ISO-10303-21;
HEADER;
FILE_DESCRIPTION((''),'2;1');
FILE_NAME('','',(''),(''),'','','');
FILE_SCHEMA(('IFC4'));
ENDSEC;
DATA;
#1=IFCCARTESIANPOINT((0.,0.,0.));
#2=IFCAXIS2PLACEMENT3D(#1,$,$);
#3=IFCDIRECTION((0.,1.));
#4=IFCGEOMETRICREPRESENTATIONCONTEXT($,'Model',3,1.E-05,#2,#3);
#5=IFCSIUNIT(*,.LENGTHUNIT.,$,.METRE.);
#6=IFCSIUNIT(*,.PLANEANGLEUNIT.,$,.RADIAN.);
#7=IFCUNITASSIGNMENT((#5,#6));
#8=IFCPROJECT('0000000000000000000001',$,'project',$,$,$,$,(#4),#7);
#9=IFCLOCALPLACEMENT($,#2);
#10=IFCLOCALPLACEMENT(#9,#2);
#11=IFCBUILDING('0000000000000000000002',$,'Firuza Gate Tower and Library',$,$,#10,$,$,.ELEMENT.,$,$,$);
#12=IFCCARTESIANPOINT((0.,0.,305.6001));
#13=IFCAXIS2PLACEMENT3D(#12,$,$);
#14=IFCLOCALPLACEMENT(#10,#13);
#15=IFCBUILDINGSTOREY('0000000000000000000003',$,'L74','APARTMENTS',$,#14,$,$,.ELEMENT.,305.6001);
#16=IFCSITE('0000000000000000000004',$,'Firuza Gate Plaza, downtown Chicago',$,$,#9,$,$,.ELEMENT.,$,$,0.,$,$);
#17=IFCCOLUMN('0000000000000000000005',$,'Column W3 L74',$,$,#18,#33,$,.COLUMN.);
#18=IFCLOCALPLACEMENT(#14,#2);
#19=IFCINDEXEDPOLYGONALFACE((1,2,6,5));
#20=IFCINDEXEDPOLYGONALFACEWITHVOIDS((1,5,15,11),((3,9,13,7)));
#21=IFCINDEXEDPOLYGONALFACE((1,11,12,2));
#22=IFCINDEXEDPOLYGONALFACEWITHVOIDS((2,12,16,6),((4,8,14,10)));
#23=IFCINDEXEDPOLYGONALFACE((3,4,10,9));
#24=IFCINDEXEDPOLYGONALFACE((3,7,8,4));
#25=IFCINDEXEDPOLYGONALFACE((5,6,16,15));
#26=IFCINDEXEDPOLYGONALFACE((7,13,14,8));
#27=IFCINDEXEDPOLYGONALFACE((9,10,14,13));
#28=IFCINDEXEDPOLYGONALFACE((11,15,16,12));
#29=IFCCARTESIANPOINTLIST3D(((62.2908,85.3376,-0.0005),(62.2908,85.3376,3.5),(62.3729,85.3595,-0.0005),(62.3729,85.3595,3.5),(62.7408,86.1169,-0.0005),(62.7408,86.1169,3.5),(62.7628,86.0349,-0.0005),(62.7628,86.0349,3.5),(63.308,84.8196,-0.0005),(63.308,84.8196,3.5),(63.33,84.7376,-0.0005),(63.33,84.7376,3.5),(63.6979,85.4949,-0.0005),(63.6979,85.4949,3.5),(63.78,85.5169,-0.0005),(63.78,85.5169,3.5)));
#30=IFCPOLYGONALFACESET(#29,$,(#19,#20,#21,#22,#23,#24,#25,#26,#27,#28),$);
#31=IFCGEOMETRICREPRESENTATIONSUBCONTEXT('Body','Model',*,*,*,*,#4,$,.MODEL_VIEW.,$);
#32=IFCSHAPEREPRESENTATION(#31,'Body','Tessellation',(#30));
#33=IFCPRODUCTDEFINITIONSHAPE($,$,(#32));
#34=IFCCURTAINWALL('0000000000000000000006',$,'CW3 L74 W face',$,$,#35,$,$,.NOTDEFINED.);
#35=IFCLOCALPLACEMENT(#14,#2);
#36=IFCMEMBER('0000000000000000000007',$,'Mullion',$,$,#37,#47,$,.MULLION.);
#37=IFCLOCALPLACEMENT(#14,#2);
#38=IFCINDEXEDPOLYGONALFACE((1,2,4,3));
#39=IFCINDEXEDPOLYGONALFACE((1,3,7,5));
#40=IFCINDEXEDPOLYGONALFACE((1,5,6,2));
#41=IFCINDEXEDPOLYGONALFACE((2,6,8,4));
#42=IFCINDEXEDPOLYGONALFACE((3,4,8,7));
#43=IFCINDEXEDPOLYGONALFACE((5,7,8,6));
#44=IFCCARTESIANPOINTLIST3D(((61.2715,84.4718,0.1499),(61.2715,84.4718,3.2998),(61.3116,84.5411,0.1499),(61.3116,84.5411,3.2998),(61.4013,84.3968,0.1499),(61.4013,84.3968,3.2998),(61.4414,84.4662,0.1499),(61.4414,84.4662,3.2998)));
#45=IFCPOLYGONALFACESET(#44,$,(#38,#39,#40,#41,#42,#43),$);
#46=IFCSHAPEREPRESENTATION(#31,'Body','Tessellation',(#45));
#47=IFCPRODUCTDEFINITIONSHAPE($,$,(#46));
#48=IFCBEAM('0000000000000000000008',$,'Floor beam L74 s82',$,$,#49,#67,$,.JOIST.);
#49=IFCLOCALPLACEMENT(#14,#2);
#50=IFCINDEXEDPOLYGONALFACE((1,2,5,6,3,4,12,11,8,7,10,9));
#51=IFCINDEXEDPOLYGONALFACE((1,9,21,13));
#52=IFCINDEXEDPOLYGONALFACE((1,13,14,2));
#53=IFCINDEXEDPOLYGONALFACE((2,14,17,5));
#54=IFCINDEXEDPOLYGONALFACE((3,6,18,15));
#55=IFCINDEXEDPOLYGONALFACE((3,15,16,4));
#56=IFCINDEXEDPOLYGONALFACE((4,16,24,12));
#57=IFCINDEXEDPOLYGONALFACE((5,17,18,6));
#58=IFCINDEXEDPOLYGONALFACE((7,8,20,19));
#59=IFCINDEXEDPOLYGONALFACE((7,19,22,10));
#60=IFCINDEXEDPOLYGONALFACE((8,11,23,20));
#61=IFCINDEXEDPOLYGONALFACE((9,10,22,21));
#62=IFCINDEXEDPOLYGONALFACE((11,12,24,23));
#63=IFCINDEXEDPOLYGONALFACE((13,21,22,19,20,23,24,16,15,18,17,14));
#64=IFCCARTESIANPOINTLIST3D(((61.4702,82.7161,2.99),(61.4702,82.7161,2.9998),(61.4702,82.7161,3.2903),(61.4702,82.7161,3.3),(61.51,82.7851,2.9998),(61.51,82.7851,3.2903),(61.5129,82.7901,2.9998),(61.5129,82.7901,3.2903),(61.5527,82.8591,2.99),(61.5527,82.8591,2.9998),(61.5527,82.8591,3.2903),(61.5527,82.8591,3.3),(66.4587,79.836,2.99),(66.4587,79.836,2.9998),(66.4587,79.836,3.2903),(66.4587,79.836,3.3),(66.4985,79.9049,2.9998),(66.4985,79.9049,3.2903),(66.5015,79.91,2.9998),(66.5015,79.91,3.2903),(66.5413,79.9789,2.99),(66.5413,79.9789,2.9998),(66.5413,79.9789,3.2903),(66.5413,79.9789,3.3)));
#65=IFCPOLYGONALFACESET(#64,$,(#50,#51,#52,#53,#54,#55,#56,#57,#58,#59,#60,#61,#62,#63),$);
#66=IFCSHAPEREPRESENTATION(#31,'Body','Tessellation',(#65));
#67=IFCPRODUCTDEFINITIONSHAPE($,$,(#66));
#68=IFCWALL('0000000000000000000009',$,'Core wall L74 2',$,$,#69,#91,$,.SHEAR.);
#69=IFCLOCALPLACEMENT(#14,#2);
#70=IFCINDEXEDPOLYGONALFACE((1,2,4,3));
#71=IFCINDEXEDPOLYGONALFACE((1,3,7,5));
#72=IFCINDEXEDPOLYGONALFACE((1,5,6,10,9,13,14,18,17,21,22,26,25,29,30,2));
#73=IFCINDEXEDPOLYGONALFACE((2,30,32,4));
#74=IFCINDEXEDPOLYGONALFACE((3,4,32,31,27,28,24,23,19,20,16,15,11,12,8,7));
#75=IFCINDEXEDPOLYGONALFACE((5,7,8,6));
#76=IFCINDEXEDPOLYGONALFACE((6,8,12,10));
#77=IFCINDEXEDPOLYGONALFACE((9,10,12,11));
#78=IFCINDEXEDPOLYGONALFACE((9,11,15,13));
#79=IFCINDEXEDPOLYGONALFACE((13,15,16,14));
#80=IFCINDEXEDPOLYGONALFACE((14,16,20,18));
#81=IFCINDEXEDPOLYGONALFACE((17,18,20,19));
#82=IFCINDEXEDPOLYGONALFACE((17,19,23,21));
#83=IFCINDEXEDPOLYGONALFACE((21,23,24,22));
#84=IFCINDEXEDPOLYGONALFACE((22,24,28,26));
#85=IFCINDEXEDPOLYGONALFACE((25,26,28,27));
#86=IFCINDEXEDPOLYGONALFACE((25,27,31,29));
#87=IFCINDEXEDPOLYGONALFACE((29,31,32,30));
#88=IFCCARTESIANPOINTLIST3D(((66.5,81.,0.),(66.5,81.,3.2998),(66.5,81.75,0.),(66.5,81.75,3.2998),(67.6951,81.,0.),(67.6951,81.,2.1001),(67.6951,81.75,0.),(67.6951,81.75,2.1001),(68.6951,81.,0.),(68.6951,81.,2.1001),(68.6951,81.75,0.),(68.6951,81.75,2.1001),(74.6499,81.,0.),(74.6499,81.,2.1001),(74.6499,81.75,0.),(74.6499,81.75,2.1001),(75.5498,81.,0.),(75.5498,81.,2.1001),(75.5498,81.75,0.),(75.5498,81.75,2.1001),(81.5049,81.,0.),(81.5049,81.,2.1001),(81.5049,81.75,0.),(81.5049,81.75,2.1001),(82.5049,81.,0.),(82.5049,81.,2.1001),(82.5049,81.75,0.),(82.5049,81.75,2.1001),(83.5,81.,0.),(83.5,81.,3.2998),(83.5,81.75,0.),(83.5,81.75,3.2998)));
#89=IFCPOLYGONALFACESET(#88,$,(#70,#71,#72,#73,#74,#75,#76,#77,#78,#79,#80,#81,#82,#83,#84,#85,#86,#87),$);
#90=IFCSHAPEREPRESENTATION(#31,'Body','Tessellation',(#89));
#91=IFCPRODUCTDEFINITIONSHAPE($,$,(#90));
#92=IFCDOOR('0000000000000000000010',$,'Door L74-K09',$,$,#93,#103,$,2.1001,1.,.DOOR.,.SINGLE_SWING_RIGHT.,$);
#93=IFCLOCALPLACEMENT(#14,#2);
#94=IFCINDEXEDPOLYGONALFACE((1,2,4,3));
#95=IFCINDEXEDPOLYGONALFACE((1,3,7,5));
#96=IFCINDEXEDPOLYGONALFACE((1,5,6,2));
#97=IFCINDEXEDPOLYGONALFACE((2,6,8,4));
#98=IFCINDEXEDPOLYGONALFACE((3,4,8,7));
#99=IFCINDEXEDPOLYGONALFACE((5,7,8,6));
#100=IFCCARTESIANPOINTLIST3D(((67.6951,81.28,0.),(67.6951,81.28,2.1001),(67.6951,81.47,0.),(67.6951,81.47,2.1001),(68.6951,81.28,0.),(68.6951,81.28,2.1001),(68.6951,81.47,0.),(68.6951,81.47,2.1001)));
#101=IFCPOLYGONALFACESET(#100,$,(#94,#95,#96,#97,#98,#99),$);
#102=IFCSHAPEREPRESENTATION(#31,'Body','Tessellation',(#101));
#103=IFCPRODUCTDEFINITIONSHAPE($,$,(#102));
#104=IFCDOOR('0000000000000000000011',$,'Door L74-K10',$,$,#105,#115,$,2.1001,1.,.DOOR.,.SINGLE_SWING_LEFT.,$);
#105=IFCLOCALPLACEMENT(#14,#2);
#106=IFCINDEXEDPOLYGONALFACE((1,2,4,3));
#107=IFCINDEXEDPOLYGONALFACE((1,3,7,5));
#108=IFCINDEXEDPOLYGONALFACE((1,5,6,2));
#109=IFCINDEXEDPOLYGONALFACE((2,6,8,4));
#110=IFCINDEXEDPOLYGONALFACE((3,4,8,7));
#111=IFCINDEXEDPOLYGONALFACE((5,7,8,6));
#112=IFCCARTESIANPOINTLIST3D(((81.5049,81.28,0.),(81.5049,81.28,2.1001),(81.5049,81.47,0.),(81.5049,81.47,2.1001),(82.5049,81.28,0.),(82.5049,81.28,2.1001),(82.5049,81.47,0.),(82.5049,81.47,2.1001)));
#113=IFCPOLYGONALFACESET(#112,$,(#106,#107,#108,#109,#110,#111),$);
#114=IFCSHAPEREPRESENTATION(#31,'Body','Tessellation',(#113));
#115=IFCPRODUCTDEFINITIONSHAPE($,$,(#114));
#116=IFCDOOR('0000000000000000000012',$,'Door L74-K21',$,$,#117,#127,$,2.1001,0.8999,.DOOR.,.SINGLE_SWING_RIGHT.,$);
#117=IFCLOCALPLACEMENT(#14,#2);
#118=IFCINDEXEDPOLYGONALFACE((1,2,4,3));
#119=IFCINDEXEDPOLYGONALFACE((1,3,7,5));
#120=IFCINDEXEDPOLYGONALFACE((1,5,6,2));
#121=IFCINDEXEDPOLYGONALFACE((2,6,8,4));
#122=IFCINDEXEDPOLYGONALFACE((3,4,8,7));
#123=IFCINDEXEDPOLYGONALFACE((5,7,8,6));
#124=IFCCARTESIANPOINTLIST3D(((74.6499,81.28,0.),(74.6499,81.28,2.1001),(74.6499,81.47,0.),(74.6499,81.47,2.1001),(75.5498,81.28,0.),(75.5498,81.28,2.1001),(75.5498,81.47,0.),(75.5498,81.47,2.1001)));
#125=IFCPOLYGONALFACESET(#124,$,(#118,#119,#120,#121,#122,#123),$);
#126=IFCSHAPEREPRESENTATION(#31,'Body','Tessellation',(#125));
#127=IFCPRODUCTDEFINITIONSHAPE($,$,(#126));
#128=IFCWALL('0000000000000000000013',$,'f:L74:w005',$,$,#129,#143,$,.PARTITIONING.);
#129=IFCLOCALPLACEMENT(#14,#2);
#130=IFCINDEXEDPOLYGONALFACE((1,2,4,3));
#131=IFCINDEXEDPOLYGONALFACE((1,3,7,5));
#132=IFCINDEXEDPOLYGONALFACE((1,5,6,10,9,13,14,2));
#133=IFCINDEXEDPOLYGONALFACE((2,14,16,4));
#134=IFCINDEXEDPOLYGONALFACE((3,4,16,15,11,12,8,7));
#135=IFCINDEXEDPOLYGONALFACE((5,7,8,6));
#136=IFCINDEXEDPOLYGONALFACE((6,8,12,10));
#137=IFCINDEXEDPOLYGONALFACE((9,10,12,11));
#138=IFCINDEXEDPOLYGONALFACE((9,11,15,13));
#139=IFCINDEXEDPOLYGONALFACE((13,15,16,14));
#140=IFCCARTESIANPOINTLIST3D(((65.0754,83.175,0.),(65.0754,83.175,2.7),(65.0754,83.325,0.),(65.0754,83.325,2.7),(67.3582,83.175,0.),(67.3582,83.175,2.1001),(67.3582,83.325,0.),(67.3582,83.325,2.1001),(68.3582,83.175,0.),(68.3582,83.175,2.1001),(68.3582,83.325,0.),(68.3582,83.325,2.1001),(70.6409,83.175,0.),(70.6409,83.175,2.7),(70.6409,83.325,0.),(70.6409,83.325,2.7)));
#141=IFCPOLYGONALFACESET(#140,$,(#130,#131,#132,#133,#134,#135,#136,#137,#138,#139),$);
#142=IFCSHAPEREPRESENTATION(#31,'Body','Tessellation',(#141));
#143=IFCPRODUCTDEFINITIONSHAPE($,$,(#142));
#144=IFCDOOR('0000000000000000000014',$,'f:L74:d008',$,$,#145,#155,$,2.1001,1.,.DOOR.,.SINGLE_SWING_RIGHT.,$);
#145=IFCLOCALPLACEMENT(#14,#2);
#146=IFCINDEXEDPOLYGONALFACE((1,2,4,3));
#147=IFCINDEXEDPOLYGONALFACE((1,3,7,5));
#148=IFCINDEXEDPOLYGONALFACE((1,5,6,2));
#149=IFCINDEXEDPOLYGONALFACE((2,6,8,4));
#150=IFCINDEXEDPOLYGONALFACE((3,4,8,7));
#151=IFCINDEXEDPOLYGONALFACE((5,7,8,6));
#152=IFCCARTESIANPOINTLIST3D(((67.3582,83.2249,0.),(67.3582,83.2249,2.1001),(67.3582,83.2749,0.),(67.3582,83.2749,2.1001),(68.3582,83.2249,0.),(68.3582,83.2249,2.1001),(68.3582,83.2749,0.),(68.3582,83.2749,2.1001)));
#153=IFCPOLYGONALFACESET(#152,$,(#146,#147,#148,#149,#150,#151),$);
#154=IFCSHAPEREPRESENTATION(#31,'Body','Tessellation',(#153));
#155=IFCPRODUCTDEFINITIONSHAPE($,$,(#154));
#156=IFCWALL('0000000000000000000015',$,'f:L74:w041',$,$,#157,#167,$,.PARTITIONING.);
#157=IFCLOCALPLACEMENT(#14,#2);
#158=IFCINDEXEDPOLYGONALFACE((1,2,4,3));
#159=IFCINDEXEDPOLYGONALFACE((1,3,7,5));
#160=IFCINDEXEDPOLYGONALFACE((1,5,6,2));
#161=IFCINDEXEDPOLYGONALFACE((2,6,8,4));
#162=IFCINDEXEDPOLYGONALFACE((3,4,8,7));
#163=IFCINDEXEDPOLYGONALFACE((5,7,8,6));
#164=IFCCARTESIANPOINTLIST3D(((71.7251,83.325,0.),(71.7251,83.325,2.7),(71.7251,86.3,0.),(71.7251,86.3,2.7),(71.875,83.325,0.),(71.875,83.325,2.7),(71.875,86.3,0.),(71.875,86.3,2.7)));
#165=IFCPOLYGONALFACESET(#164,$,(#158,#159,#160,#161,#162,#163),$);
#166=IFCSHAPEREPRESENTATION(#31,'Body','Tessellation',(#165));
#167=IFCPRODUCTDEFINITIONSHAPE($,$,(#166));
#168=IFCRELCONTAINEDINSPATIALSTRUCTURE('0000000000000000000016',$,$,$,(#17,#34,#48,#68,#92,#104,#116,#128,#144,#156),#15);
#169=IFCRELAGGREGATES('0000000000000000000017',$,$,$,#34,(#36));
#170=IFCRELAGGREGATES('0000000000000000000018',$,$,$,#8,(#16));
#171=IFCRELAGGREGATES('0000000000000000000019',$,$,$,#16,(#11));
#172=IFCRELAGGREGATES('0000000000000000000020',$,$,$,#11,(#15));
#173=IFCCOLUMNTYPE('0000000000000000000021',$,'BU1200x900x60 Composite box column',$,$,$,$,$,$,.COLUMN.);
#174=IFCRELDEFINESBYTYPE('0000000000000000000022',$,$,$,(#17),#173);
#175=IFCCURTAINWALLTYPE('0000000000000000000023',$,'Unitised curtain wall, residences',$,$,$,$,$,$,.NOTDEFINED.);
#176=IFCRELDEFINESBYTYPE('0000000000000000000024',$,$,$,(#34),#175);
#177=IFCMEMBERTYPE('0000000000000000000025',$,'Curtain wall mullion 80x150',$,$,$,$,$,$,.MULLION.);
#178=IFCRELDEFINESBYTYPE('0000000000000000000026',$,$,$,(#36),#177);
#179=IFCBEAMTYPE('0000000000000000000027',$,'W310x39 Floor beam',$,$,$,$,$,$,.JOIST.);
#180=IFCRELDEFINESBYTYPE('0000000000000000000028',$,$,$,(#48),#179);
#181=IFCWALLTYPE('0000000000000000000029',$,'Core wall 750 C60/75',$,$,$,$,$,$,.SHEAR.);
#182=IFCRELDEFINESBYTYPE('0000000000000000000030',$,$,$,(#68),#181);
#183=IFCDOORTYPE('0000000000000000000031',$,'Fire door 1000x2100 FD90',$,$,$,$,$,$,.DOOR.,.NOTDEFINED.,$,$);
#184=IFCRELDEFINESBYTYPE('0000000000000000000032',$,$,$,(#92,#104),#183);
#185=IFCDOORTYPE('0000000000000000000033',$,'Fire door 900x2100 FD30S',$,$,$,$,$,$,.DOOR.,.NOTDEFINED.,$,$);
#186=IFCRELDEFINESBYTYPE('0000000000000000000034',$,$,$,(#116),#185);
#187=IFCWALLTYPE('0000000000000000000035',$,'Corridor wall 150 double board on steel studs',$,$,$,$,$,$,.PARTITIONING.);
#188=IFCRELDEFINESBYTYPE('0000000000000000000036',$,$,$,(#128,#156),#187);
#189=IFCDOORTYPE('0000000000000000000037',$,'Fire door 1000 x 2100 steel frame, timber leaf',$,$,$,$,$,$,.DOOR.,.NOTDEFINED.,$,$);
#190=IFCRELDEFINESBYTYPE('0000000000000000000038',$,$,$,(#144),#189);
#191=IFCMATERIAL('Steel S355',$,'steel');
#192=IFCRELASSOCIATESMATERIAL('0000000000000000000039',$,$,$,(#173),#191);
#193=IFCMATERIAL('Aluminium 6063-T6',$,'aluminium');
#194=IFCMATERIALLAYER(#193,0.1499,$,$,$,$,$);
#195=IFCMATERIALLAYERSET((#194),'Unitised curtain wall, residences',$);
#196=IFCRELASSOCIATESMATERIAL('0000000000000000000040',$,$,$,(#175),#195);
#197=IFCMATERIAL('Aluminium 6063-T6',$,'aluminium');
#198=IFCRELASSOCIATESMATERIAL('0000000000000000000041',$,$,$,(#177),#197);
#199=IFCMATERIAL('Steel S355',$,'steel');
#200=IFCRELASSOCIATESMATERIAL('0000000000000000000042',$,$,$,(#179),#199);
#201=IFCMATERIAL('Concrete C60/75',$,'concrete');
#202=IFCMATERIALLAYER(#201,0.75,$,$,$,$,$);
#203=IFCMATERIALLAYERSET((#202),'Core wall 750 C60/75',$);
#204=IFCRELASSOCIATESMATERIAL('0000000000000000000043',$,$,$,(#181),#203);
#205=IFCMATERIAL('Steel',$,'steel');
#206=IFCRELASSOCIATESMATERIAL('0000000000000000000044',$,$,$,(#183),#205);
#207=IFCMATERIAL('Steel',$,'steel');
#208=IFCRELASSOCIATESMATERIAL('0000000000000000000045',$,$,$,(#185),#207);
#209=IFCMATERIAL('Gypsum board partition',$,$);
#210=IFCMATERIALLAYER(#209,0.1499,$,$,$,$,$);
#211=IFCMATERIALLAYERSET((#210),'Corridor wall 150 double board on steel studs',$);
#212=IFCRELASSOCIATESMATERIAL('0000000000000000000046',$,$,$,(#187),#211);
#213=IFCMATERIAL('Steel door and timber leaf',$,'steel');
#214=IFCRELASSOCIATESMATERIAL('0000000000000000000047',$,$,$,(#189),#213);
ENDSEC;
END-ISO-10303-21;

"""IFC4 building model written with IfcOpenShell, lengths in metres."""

from ifc_helpers import new_model, si_unit, direction, frame, frame_2d, origin, origin_2d, place, context, subcontext, project, spatial, rectangle, hollow_rectangle, i_section, extrude, material, layer, layer_set, material_profile, profile_set, type_object, element, fill, aggregate, save


model = new_model("IFC4")

# Units and contexts
model_context = context("Model", 3, precision=1e-05, world=origin(), true_north=direction((0.0, 1.0)))
body_context = subcontext(model_context, "Body", "Model", "MODEL_VIEW")
ifc_project = project(units=[si_unit("LENGTHUNIT", "METRE"), si_unit("PLANEANGLEUNIT", "RADIAN")], contexts=[model_context])

# Site, building, storey
site_placement = place(None, origin())
site = spatial("IfcSite", under=ifc_project, at=site_placement, Name="Firuza Gate Plaza, downtown Chicago", CompositionType="ELEMENT", RefElevation=0.0)
building_placement = place(site_placement, origin())
building = spatial("IfcBuilding", under=site, at=building_placement, Name="Firuza Gate Tower and Library", CompositionType="ELEMENT")
storey_placement = place(building_placement, frame((0.0, 0.0, 305.6001)))
storey = spatial("IfcBuildingStorey", under=building, at=storey_placement, Name="L74", Description="APARTMENTS", CompositionType="ELEMENT", Elevation=305.6001)

# Column
ifc_material_1 = material(Name="Steel S355", Category="steel")
ifc_material_profile_1 = material_profile(ifc_material_1, hollow_rectangle(XDim=0.8999, YDim=1.2, WallThickness=0.0601, at=origin_2d()))
ifc_profile_set_1 = profile_set([ifc_material_profile_1], Name="Steel S355")
column_type = type_object("IfcColumnType", Name="BU1200x900x60 Composite box column", PredefinedType="COLUMN", material=ifc_profile_set_1)
column_placement = place(storey_placement, frame((63.0354, 85.4272, -0.0005), z_axis=(0.0, 0.0, 1.0), x_axis=(-0.5, -0.866025, 0.0)))
element("IfcColumn", 1, at=column_placement, inside=storey, type_object=column_type, Name="Column W3 L74", PredefinedType="COLUMN", context=body_context, shape_type="SweptSolid", body=[
    extrude(hollow_rectangle(XDim=0.8999, YDim=1.2, WallThickness=0.0601, at=origin_2d()), origin(), (0.0, 0.0, 1.0), 3.5005),
])

# Curtain wall, member
ifc_material_2 = material(Name="Aluminium 6063-T6", Category="aluminium")
ifc_layer_1 = layer(ifc_material_2, 0.1499)
ifc_layer_set_1 = layer_set([ifc_layer_1], Name="Unitised curtain wall, residences")
curtain_wall_type = type_object("IfcCurtainWallType", Name="Unitised curtain wall, residences", PredefinedType="NOTDEFINED", material=ifc_layer_set_1)
placement = place(storey_placement, origin())
curtain_wall = element("IfcCurtainWall", 2, at=placement, inside=storey, type_object=curtain_wall_type, Name="CW3 L74 W face", PredefinedType="NOTDEFINED")
ifc_material_3 = material(Name="Aluminium 6063-T6", Category="aluminium")
ifc_material_profile_2 = material_profile(ifc_material_3, rectangle(XDim=0.1499, YDim=0.0801, at=origin_2d()))
ifc_profile_set_2 = profile_set([ifc_material_profile_2], Name="Aluminium 6063-T6")
member_type = type_object("IfcMemberType", Name="Curtain wall mullion 80x150", PredefinedType="MULLION", material=ifc_profile_set_2)
member_placement = place(storey_placement, frame((61.3564, 84.469, 0.1499), z_axis=(0.0, 0.0, 1.0), x_axis=(0.866025, -0.5, 0.0)))
member = element("IfcMember", 3, at=member_placement, type_object=member_type, Name="Mullion", PredefinedType="MULLION", context=body_context, shape_type="SweptSolid", body=[
    extrude(rectangle(XDim=0.1499, YDim=0.0801, at=origin_2d()), origin(), (0.0, 0.0, 1.0), 3.1499),
])
aggregate(curtain_wall, [member])

# Beam
ifc_material_4 = material(Name="Steel S355", Category="steel")
ifc_material_profile_3 = material_profile(ifc_material_4, i_section(OverallWidth=0.165, OverallDepth=0.3101, WebThickness=0.0059, FlangeThickness=0.0098, at=origin_2d()))
ifc_profile_set_3 = profile_set([ifc_material_profile_3], Name="Steel S355")
beam_type = type_object("IfcBeamType", Name="W310x39 Floor beam", PredefinedType="JOIST", material=ifc_profile_set_3)
beam_placement = place(storey_placement, frame((61.5115, 82.7876, 3.145), z_axis=(0.866025, -0.5, 0.0), x_axis=(0.5, 0.866025, 0.0)))
element("IfcBeam", 4, at=beam_placement, inside=storey, type_object=beam_type, Name="Floor beam L74 s82", PredefinedType="JOIST", context=body_context, shape_type="SweptSolid", body=[
    extrude(i_section(OverallWidth=0.165, OverallDepth=0.3101, WebThickness=0.0059, FlangeThickness=0.0098, at=origin_2d()), origin(), (0.0, 0.0, 1.0), 5.7603),
])

# Wall, openings, doors
ifc_material_5 = material(Name="Concrete C60/75", Category="concrete")
ifc_layer_2 = layer(ifc_material_5, 0.75)
ifc_layer_set_2 = layer_set([ifc_layer_2], Name="Core wall 750 C60/75")
wall_type_1 = type_object("IfcWallType", Name="Core wall 750 C60/75", PredefinedType="SHEAR", material=ifc_layer_set_2)
wall_1_placement = place(storey_placement, frame((66.5, 81.375, 0.0), z_axis=(0.0, 0.0, 1.0), x_axis=(1.0, 0.0, 0.0)))
wall_1 = element("IfcWall", 5, at=wall_1_placement, inside=storey, type_object=wall_type_1, Name="Core wall L74 2", PredefinedType="SHEAR", context=body_context, shape_type="SweptSolid", body=[
    extrude(rectangle(XDim=17.0, YDim=0.75, at=frame_2d((8.5, 0.0))), origin(), (0.0, 0.0, 1.0), 3.2998),
])
opening_1_placement = place(wall_1_placement, frame((1.1951, 0.0, 0.0)))
opening_1 = element("IfcOpeningElement", 6, at=opening_1_placement, cuts=wall_1, PredefinedType="OPENING", context=body_context, shape_type="SweptSolid", body=[
    extrude(rectangle(XDim=1.0, YDim=2.1001, at=frame_2d((0.5, 1.05))), frame((0.0, 0.385, 0.0), z_axis=(0.0, -1.0, 0.0), x_axis=(1.0, 0.0, 0.0)), (0.0, 0.0, 1.0), 0.77),
])
opening_2_placement = place(wall_1_placement, frame((15.0049, 0.0, 0.0)))
opening_2 = element("IfcOpeningElement", 7, at=opening_2_placement, cuts=wall_1, PredefinedType="OPENING", context=body_context, shape_type="SweptSolid", body=[
    extrude(rectangle(XDim=1.0, YDim=2.1001, at=frame_2d((0.5, 1.05))), frame((0.0, 0.385, 0.0), z_axis=(0.0, -1.0, 0.0), x_axis=(1.0, 0.0, 0.0)), (0.0, 0.0, 1.0), 0.77),
])
opening_3_placement = place(wall_1_placement, frame((8.1499, 0.0, 0.0)))
opening_3 = element("IfcOpeningElement", 8, at=opening_3_placement, cuts=wall_1, PredefinedType="OPENING", context=body_context, shape_type="SweptSolid", body=[
    extrude(rectangle(XDim=0.8999, YDim=2.1001, at=frame_2d((0.45, 1.05))), frame((0.0, 0.385, 0.0), z_axis=(0.0, -1.0, 0.0), x_axis=(1.0, 0.0, 0.0)), (0.0, 0.0, 1.0), 0.77),
])
ifc_material_6 = material(Name="Steel", Category="steel")
door_type_1 = type_object("IfcDoorType", Name="Fire door 1000x2100 FD90", OperationType="NOTDEFINED", PredefinedType="DOOR", material=ifc_material_6)
door_1_placement = place(opening_1_placement, origin())
door_1 = element("IfcDoor", 9, at=door_1_placement, inside=storey, type_object=door_type_1, Name="Door L74-K09", OperationType="SINGLE_SWING_RIGHT", OverallHeight=2.1001, OverallWidth=1.0, PredefinedType="DOOR", context=body_context, shape_type="SweptSolid", body=[
    extrude(rectangle(XDim=1.0, YDim=2.1001, at=frame_2d((0.5, 1.05))), frame((0.0, 0.095, 0.0), z_axis=(0.0, -1.0, 0.0), x_axis=(1.0, 0.0, 0.0)), (0.0, 0.0, 1.0), 0.1899),
])
fill(opening_1, door_1)
door_2_placement = place(opening_2_placement, origin())
door_2 = element("IfcDoor", 10, at=door_2_placement, inside=storey, type_object=door_type_1, Name="Door L74-K10", OperationType="SINGLE_SWING_LEFT", OverallHeight=2.1001, OverallWidth=1.0, PredefinedType="DOOR", context=body_context, shape_type="SweptSolid", body=[
    extrude(rectangle(XDim=1.0, YDim=2.1001, at=frame_2d((0.5, 1.05))), frame((0.0, 0.095, 0.0), z_axis=(0.0, -1.0, 0.0), x_axis=(1.0, 0.0, 0.0)), (0.0, 0.0, 1.0), 0.1899),
])
fill(opening_2, door_2)
ifc_material_7 = material(Name="Steel", Category="steel")
door_type_2 = type_object("IfcDoorType", Name="Fire door 900x2100 FD30S", OperationType="NOTDEFINED", PredefinedType="DOOR", material=ifc_material_7)
door_3_placement = place(opening_3_placement, origin())
door_3 = element("IfcDoor", 11, at=door_3_placement, inside=storey, type_object=door_type_2, Name="Door L74-K21", OperationType="SINGLE_SWING_RIGHT", OverallHeight=2.1001, OverallWidth=0.8999, PredefinedType="DOOR", context=body_context, shape_type="SweptSolid", body=[
    extrude(rectangle(XDim=0.8999, YDim=2.1001, at=frame_2d((0.45, 1.05))), frame((0.0, 0.095, 0.0), z_axis=(0.0, -1.0, 0.0), x_axis=(1.0, 0.0, 0.0)), (0.0, 0.0, 1.0), 0.1899),
])
fill(opening_3, door_3)

# Wall, opening, door
ifc_material_8 = material(Name="Gypsum board partition")
ifc_layer_3 = layer(ifc_material_8, 0.1499)
ifc_layer_set_3 = layer_set([ifc_layer_3], Name="Corridor wall 150 double board on steel studs")
wall_type_2 = type_object("IfcWallType", Name="Corridor wall 150 double board on steel studs", PredefinedType="PARTITIONING", material=ifc_layer_set_3)
wall_2_placement = place(storey_placement, frame((65.0754, 83.25, 0.0), z_axis=(0.0, 0.0, 1.0), x_axis=(1.0, 0.0, 0.0)))
wall_2 = element("IfcWall", 12, at=wall_2_placement, inside=storey, type_object=wall_type_2, Name="f:L74:w005", PredefinedType="PARTITIONING", context=body_context, shape_type="SweptSolid", body=[
    extrude(rectangle(XDim=5.5654, YDim=0.1499, at=frame_2d((2.7827, 0.0))), origin(), (0.0, 0.0, 1.0), 2.7),
])
opening_4_placement = place(wall_2_placement, frame((2.2827, 0.0, 0.0)))
opening_4 = element("IfcOpeningElement", 13, at=opening_4_placement, cuts=wall_2, PredefinedType="OPENING", context=body_context, shape_type="SweptSolid", body=[
    extrude(rectangle(XDim=1.0, YDim=2.1001, at=frame_2d((0.5, 1.05))), frame((0.0, 0.085, 0.0), z_axis=(0.0, -1.0, 0.0), x_axis=(1.0, 0.0, 0.0)), (0.0, 0.0, 1.0), 0.1699),
])
ifc_material_9 = material(Name="Steel door and timber leaf", Category="steel")
door_type_3 = type_object("IfcDoorType", Name="Fire door 1000 x 2100 steel frame, timber leaf", OperationType="NOTDEFINED", PredefinedType="DOOR", material=ifc_material_9)
door_4_placement = place(opening_4_placement, origin())
door_4 = element("IfcDoor", 14, at=door_4_placement, inside=storey, type_object=door_type_3, Name="f:L74:d008", OperationType="SINGLE_SWING_RIGHT", OverallHeight=2.1001, OverallWidth=1.0, PredefinedType="DOOR", context=body_context, shape_type="SweptSolid", body=[
    extrude(rectangle(XDim=1.0, YDim=2.1001, at=frame_2d((0.5, 1.05))), frame((0.0, 0.0249, 0.0), z_axis=(0.0, -1.0, 0.0), x_axis=(1.0, 0.0, 0.0)), (0.0, 0.0, 1.0), 0.05),
])
fill(opening_4, door_4)

# Wall
wall_3_placement = place(storey_placement, frame((71.8, 83.325, 0.0), z_axis=(0.0, 0.0, 1.0), x_axis=(0.0, 1.0, 0.0)))
element("IfcWall", 15, at=wall_3_placement, inside=storey, type_object=wall_type_2, Name="f:L74:w041", PredefinedType="PARTITIONING", context=body_context, shape_type="SweptSolid", body=[
    extrude(rectangle(XDim=2.9751, YDim=0.1499, at=frame_2d((1.4875, 0.0))), origin(), (0.0, 0.0, 1.0), 2.7),
])

save(model, "model.ifc")
